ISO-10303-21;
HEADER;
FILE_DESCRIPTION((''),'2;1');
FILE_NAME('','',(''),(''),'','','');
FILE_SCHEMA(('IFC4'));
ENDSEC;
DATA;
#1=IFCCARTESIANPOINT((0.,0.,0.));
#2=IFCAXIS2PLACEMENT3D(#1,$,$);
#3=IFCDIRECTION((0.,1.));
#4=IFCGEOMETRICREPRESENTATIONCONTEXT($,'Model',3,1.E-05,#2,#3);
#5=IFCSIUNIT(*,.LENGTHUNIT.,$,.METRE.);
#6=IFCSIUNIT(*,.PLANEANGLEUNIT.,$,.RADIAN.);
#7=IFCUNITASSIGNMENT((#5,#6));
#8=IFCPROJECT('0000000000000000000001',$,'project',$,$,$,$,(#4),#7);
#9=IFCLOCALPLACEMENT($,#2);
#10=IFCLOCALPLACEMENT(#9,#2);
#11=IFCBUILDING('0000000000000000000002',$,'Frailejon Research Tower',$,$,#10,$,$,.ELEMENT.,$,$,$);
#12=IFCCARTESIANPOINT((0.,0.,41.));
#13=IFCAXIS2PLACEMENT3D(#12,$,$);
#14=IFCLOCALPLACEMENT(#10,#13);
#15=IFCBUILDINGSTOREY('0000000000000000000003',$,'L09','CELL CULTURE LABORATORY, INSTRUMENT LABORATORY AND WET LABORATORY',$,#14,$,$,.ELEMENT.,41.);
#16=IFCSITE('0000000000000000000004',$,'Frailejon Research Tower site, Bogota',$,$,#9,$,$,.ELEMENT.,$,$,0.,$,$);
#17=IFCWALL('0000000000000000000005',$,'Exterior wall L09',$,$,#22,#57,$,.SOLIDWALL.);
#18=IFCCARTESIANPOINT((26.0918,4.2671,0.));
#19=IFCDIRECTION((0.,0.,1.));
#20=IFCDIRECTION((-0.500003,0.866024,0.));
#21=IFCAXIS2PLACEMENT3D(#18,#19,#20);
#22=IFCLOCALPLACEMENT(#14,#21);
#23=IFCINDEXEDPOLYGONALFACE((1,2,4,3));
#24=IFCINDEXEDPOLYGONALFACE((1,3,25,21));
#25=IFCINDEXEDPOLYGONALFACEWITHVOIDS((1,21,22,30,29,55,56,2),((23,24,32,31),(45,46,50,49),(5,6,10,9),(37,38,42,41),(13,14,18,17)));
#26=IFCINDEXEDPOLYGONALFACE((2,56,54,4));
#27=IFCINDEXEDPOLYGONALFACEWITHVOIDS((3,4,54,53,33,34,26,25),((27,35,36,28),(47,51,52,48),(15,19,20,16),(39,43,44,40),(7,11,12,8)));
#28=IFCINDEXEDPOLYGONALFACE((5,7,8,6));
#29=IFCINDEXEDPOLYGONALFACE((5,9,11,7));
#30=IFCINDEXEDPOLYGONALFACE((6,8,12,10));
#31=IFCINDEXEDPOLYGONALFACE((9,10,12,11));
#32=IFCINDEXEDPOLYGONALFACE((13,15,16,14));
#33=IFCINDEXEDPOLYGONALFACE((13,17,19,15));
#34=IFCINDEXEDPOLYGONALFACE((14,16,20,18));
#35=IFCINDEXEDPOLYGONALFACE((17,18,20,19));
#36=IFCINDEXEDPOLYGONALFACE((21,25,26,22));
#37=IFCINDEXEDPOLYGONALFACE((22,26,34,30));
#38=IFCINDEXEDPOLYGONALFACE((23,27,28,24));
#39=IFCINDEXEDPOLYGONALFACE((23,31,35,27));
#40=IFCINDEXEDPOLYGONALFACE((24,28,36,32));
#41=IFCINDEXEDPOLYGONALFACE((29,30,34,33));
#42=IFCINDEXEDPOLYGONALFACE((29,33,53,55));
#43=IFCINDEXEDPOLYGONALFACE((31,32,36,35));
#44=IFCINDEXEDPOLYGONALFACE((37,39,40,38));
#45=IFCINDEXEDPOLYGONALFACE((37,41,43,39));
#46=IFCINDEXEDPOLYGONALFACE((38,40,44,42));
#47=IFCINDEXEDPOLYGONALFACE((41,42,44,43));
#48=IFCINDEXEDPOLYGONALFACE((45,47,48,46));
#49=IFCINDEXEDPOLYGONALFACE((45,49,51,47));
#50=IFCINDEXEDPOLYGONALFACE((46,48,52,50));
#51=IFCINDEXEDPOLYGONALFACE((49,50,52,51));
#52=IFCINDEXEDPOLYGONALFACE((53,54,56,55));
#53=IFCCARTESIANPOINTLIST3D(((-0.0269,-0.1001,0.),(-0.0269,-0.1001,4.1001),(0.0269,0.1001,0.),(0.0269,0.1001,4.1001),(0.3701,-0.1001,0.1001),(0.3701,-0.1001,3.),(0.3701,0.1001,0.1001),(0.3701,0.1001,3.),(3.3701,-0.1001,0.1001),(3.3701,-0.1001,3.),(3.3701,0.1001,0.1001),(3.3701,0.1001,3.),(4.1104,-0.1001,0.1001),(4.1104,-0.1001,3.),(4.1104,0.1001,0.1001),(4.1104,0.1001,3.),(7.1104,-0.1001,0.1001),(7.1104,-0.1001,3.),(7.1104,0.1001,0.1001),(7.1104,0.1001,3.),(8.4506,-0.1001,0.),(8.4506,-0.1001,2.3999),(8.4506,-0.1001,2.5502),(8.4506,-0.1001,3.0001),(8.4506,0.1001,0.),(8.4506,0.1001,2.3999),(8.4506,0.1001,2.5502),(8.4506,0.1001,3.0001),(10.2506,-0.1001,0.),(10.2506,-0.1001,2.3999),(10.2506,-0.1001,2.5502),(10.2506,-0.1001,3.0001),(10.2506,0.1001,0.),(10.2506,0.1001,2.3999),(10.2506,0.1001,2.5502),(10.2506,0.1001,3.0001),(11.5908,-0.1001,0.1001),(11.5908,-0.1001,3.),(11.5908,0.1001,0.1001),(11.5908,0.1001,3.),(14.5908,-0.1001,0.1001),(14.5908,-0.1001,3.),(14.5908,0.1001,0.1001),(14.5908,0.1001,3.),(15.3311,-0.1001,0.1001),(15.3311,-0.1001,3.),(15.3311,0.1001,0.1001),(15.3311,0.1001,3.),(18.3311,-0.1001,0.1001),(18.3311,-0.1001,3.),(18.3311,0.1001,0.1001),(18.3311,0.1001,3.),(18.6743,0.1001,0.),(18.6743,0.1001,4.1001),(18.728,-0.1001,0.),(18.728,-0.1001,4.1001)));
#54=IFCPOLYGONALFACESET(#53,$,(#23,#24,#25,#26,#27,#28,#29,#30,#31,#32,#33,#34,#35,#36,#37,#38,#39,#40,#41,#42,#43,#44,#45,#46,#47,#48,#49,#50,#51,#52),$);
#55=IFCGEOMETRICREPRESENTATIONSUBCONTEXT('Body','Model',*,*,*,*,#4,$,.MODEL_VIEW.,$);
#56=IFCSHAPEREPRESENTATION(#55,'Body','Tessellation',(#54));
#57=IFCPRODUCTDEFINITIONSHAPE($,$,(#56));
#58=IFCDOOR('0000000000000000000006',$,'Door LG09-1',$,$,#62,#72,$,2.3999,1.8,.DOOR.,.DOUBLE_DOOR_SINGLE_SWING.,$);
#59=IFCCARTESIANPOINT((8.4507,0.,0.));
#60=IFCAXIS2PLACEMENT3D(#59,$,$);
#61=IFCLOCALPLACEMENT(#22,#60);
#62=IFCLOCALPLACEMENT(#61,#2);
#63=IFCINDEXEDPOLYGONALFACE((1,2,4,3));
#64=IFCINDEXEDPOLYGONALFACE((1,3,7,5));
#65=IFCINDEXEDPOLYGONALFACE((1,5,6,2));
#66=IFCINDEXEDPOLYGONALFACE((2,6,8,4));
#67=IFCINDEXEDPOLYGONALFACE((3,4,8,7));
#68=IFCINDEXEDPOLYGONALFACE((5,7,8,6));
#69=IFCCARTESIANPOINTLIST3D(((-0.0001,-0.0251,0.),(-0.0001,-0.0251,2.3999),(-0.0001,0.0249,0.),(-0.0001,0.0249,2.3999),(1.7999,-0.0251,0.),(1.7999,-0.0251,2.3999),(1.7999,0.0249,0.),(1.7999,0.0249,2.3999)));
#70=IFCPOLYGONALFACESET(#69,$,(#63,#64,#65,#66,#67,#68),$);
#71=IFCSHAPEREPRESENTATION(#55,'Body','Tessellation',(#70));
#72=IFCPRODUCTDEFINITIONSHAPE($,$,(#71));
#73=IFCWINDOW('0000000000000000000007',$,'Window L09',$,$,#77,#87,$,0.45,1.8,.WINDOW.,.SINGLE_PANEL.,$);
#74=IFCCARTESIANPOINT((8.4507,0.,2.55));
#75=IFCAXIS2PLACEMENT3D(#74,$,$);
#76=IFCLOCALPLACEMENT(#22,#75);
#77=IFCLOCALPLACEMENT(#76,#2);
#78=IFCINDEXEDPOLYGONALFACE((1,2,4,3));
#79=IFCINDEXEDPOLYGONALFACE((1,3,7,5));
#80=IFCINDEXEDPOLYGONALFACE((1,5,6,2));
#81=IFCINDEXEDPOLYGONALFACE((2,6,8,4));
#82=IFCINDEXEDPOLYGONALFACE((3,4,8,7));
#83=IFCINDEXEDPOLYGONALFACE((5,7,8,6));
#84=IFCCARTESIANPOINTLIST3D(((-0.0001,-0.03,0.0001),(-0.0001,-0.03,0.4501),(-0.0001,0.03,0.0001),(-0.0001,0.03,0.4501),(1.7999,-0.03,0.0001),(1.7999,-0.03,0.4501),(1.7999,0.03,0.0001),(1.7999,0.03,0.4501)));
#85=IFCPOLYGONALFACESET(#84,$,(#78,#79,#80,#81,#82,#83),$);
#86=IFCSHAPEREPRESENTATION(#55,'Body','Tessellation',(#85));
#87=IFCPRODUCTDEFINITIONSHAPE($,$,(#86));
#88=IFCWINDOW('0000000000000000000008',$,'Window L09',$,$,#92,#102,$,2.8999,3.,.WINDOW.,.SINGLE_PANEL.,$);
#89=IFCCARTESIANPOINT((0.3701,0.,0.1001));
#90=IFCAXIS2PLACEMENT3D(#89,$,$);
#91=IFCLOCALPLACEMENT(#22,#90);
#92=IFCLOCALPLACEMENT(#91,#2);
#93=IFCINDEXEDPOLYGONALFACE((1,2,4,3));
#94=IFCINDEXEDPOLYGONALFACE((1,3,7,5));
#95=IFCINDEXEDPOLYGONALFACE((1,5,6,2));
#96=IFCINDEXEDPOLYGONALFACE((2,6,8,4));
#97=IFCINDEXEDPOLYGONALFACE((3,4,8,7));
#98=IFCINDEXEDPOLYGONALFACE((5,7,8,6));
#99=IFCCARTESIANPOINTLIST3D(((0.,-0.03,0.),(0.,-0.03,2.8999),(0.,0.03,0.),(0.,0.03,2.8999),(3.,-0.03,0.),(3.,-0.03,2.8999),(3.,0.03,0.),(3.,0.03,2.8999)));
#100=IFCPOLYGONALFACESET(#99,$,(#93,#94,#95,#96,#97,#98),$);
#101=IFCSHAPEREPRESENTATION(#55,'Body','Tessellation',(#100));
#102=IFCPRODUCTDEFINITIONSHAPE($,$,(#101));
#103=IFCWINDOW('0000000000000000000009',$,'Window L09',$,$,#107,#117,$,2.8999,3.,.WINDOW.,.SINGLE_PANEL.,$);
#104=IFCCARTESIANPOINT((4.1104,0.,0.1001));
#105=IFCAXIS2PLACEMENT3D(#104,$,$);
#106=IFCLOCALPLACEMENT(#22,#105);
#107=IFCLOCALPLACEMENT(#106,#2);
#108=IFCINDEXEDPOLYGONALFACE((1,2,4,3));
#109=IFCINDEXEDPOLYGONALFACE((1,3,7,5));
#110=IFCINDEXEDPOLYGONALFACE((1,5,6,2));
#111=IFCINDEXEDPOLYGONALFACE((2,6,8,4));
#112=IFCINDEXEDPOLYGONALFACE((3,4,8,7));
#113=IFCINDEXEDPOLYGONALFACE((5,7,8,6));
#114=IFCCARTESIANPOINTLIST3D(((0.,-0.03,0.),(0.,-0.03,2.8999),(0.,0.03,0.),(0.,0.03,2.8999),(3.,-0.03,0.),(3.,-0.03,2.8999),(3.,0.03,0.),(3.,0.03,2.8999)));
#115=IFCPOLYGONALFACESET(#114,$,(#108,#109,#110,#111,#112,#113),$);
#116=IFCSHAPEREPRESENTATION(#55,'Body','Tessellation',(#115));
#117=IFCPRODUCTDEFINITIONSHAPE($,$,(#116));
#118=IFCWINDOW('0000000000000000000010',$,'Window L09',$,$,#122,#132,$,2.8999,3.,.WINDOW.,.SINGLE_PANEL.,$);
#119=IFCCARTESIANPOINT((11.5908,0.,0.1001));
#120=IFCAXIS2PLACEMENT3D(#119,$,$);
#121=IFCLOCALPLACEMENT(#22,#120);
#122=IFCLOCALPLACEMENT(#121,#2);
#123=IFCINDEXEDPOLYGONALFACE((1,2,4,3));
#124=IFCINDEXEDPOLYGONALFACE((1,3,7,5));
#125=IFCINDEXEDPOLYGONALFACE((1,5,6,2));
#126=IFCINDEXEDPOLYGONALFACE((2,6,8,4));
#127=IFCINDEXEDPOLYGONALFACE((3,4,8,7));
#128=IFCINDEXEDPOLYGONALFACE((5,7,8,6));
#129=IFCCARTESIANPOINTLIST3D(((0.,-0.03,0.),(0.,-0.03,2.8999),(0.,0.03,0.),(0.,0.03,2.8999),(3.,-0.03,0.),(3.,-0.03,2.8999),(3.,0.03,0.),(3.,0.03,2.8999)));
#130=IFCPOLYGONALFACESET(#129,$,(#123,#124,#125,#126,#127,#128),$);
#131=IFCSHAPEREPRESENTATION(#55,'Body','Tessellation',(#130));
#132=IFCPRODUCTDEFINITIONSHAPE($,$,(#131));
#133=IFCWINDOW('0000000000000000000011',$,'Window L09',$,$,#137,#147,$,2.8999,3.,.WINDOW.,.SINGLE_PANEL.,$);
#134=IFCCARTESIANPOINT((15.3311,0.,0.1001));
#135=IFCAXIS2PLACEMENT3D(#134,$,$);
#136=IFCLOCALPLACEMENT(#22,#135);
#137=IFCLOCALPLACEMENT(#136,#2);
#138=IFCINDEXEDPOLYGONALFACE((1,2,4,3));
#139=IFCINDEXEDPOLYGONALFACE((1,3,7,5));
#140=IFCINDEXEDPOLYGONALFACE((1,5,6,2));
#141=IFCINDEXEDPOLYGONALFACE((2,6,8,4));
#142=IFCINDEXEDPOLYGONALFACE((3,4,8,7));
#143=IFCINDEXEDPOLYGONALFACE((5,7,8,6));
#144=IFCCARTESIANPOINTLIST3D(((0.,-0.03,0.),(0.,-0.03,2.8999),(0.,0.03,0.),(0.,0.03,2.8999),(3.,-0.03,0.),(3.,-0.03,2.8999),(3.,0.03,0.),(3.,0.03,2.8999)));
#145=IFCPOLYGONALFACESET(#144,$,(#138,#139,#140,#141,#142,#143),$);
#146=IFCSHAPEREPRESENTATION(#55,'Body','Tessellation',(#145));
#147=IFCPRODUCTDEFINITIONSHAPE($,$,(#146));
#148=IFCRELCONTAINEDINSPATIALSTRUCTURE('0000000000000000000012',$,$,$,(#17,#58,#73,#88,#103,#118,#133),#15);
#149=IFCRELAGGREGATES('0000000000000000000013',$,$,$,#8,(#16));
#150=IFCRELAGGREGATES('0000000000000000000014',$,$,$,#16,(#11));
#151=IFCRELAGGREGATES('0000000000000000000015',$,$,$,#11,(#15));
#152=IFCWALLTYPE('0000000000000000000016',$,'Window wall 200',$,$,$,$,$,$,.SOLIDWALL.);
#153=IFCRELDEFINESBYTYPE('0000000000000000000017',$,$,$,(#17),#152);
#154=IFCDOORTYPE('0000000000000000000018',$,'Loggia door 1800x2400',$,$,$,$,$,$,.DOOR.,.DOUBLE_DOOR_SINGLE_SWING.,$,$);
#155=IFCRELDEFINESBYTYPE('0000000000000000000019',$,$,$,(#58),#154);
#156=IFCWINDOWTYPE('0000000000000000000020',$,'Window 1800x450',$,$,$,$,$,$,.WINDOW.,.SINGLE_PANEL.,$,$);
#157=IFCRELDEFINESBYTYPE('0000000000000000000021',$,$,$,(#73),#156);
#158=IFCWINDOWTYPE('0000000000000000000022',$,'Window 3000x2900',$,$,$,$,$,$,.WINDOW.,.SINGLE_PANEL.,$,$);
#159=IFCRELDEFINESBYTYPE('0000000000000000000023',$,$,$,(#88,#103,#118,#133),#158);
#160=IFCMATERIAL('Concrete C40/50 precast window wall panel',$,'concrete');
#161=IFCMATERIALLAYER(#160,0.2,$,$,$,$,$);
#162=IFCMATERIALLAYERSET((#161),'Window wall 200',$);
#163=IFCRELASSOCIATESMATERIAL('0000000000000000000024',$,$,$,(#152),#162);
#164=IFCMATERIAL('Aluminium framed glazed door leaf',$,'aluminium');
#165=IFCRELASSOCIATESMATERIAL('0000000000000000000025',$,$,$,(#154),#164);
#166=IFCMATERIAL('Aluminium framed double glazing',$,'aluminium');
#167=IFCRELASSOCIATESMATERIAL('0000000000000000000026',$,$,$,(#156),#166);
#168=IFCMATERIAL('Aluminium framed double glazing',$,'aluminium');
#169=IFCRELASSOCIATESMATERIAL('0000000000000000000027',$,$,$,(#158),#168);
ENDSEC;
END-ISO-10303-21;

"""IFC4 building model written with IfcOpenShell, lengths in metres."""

from ifc_helpers import new_model, si_unit, direction, frame, frame_2d, origin, place, context, subcontext, project, spatial, polyline, rectangle, outline, extrude, material, layer, layer_set, type_object, element, fill, save


model = new_model("IFC4")

# Units and contexts
model_context = context("Model", 3, precision=1e-05, world=origin(), true_north=direction((0.0, 1.0)))
body_context = subcontext(model_context, "Body", "Model", "MODEL_VIEW")
ifc_project = project(units=[si_unit("LENGTHUNIT", "METRE"), si_unit("PLANEANGLEUNIT", "RADIAN")], contexts=[model_context])

# Site, building, storey
site_placement = place(None, origin())
site = spatial("IfcSite", under=ifc_project, at=site_placement, Name="Frailejon Research Tower site, Bogota", CompositionType="ELEMENT", RefElevation=0.0)
building_placement = place(site_placement, origin())
building = spatial("IfcBuilding", under=site, at=building_placement, Name="Frailejon Research Tower", CompositionType="ELEMENT")
storey_placement = place(building_placement, frame((0.0, 0.0, 41.0)))
storey = spatial("IfcBuildingStorey", under=building, at=storey_placement, Name="L09", Description="CELL CULTURE LABORATORY, INSTRUMENT LABORATORY AND WET LABORATORY", CompositionType="ELEMENT", Elevation=41.0)

# Wall, openings, door, windows
ifc_material_1 = material(Name="Concrete C40/50 precast window wall panel", Category="concrete")
ifc_layer_1 = layer(ifc_material_1, 0.2)
ifc_layer_set_1 = layer_set([ifc_layer_1], Name="Window wall 200")
wall_type_1 = type_object("IfcWallType", Name="Window wall 200", PredefinedType="SOLIDWALL", material=ifc_layer_set_1)
wall_1_placement = place(storey_placement, frame((26.0918, 4.2671, 0.0), z_axis=(0.0, 0.0, 1.0), x_axis=(-0.500003, 0.866024, 0.0)))
wall_1 = element("IfcWall", 1, at=wall_1_placement, inside=storey, type_object=wall_type_1, Name="Exterior wall L09", PredefinedType="SOLIDWALL", context=body_context, shape_type="SweptSolid", body=[
    extrude(outline(polyline([(-0.0269, -0.1001), (1.0151, -0.1001), (2.0571, -0.1001), (3.0989, -0.1001), (4.1409, -0.1001), (5.1829, -0.1001), (6.2249, -0.1001), (7.2666, -0.1001), (8.3086, -0.1001), (9.3506, -0.1001), (10.3926, -0.1001), (11.4346, -0.1001), (12.4763, -0.1001), (13.5183, -0.1001), (14.5603, -0.1001), (15.6023, -0.1001), (16.644, -0.1001), (17.686, -0.1001), (18.728, -0.1001), (18.6743, 0.1001), (17.6384, 0.1001), (16.6023, 0.1001), (15.5664, 0.1001), (14.5305, 0.1001), (13.4944, 0.1001), (12.4585, 0.1001), (11.4226, 0.1001), (10.3865, 0.1001), (9.3506, 0.1001), (8.3147, 0.1001), (7.2786, 0.1001), (6.2427, 0.1001), (5.2068, 0.1001), (4.1707, 0.1001), (3.1348, 0.1001), (2.0989, 0.1001), (1.0627, 0.1001), (0.0269, 0.1001), (-0.0269, -0.1001)])), origin(), (0.0, 0.0, 1.0), 4.1001),
])
opening_1_placement = place(wall_1_placement, frame((0.3701, 0.0, 0.1001)))
opening_1 = element("IfcOpeningElement", 2, at=opening_1_placement, cuts=wall_1, PredefinedType="OPENING", context=body_context, shape_type="SweptSolid", body=[
    extrude(rectangle(XDim=3.0, YDim=2.8999, at=frame_2d((1.5, 1.45))), frame((0.0, 0.1099, 0.0), z_axis=(0.0, -1.0, 0.0), x_axis=(1.0, 0.0, 0.0)), (0.0, 0.0, 1.0), 0.22),
])
opening_2_placement = place(wall_1_placement, frame((4.1104, 0.0, 0.1001)))
opening_2 = element("IfcOpeningElement", 3, at=opening_2_placement, cuts=wall_1, PredefinedType="OPENING", context=body_context, shape_type="SweptSolid", body=[
    extrude(rectangle(XDim=3.0, YDim=2.8999, at=frame_2d((1.5, 1.45))), frame((0.0, 0.1099, 0.0), z_axis=(0.0, -1.0, 0.0), x_axis=(1.0, 0.0, 0.0)), (0.0, 0.0, 1.0), 0.22),
])
opening_3_placement = place(wall_1_placement, frame((8.4507, 0.0, 0.0)))
opening_3 = element("IfcOpeningElement", 4, at=opening_3_placement, cuts=wall_1, PredefinedType="OPENING", context=body_context, shape_type="SweptSolid", body=[
    extrude(rectangle(XDim=1.8, YDim=2.3999, at=frame_2d((0.8999, 1.2))), frame((0.0, 0.1099, 0.0), z_axis=(0.0, -1.0, 0.0), x_axis=(1.0, 0.0, 0.0)), (0.0, 0.0, 1.0), 0.22),
])
opening_4_placement = place(wall_1_placement, frame((8.4507, 0.0, 2.55)))
opening_4 = element("IfcOpeningElement", 5, at=opening_4_placement, cuts=wall_1, PredefinedType="OPENING", context=body_context, shape_type="SweptSolid", body=[
    extrude(rectangle(XDim=1.8, YDim=0.45, at=frame_2d((0.8999, 0.2251))), frame((0.0, 0.1099, 0.0), z_axis=(0.0, -1.0, 0.0), x_axis=(1.0, 0.0, 0.0)), (0.0, 0.0, 1.0), 0.22),
])
opening_5_placement = place(wall_1_placement, frame((11.5908, 0.0, 0.1001)))
opening_5 = element("IfcOpeningElement", 6, at=opening_5_placement, cuts=wall_1, PredefinedType="OPENING", context=body_context, shape_type="SweptSolid", body=[
    extrude(rectangle(XDim=3.0, YDim=2.8999, at=frame_2d((1.5, 1.45))), frame((0.0, 0.1099, 0.0), z_axis=(0.0, -1.0, 0.0), x_axis=(1.0, 0.0, 0.0)), (0.0, 0.0, 1.0), 0.22),
])
opening_6_placement = place(wall_1_placement, frame((15.3311, 0.0, 0.1001)))
opening_6 = element("IfcOpeningElement", 7, at=opening_6_placement, cuts=wall_1, PredefinedType="OPENING", context=body_context, shape_type="SweptSolid", body=[
    extrude(rectangle(XDim=3.0, YDim=2.8999, at=frame_2d((1.5, 1.45))), frame((0.0, 0.1099, 0.0), z_axis=(0.0, -1.0, 0.0), x_axis=(1.0, 0.0, 0.0)), (0.0, 0.0, 1.0), 0.22),
])
ifc_material_2 = material(Name="Aluminium framed glazed door leaf", Category="aluminium")
door_type = type_object("IfcDoorType", Name="Loggia door 1800x2400", OperationType="DOUBLE_DOOR_SINGLE_SWING", PredefinedType="DOOR", material=ifc_material_2)
door_placement = place(opening_3_placement, origin())
door = element("IfcDoor", 8, at=door_placement, inside=storey, type_object=door_type, Name="Door LG09-1", OperationType="DOUBLE_DOOR_SINGLE_SWING", OverallHeight=2.3999, OverallWidth=1.8, PredefinedType="DOOR", context=body_context, shape_type="SweptSolid", body=[
    extrude(rectangle(XDim=1.8, YDim=2.3999, at=frame_2d((0.8999, 1.2))), frame((0.0, 0.0249, 0.0), z_axis=(0.0, -1.0, 0.0), x_axis=(1.0, 0.0, 0.0)), (0.0, 0.0, 1.0), 0.05),
])
fill(opening_3, door)
ifc_material_3 = material(Name="Aluminium framed double glazing", Category="aluminium")
window_type_1 = type_object("IfcWindowType", Name="Window 1800x450", PartitioningType="SINGLE_PANEL", PredefinedType="WINDOW", material=ifc_material_3)
window_1_placement = place(opening_4_placement, origin())
window_1 = element("IfcWindow", 9, at=window_1_placement, inside=storey, type_object=window_type_1, Name="Window L09", OverallHeight=0.45, OverallWidth=1.8, PartitioningType="SINGLE_PANEL", PredefinedType="WINDOW", context=body_context, shape_type="SweptSolid", body=[
    extrude(rectangle(XDim=1.8, YDim=0.45, at=frame_2d((0.8999, 0.2251))), frame((0.0, 0.03, 0.0), z_axis=(0.0, -1.0, 0.0), x_axis=(1.0, 0.0, 0.0)), (0.0, 0.0, 1.0), 0.0601),
])
fill(opening_4, window_1)
ifc_material_4 = material(Name="Aluminium framed double glazing", Category="aluminium")
window_type_2 = type_object("IfcWindowType", Name="Window 3000x2900", PartitioningType="SINGLE_PANEL", PredefinedType="WINDOW", material=ifc_material_4)
window_2_placement = place(opening_1_placement, origin())
window_2 = element("IfcWindow", 10, at=window_2_placement, inside=storey, type_object=window_type_2, Name="Window L09", OverallHeight=2.8999, OverallWidth=3.0, PartitioningType="SINGLE_PANEL", PredefinedType="WINDOW", context=body_context, shape_type="SweptSolid", body=[
    extrude(rectangle(XDim=3.0, YDim=2.8999, at=frame_2d((1.5, 1.45))), frame((0.0, 0.03, 0.0), z_axis=(0.0, -1.0, 0.0), x_axis=(1.0, 0.0, 0.0)), (0.0, 0.0, 1.0), 0.0601),
])
fill(opening_1, window_2)
window_3_placement = place(opening_2_placement, origin())
window_3 = element("IfcWindow", 11, at=window_3_placement, inside=storey, type_object=window_type_2, Name="Window L09", OverallHeight=2.8999, OverallWidth=3.0, PartitioningType="SINGLE_PANEL", PredefinedType="WINDOW", context=body_context, shape_type="SweptSolid", body=[
    extrude(rectangle(XDim=3.0, YDim=2.8999, at=frame_2d((1.5, 1.45))), frame((0.0, 0.03, 0.0), z_axis=(0.0, -1.0, 0.0), x_axis=(1.0, 0.0, 0.0)), (0.0, 0.0, 1.0), 0.0601),
])
fill(opening_2, window_3)
window_4_placement = place(opening_5_placement, origin())
window_4 = element("IfcWindow", 12, at=window_4_placement, inside=storey, type_object=window_type_2, Name="Window L09", OverallHeight=2.8999, OverallWidth=3.0, PartitioningType="SINGLE_PANEL", PredefinedType="WINDOW", context=body_context, shape_type="SweptSolid", body=[
    extrude(rectangle(XDim=3.0, YDim=2.8999, at=frame_2d((1.5, 1.45))), frame((0.0, 0.03, 0.0), z_axis=(0.0, -1.0, 0.0), x_axis=(1.0, 0.0, 0.0)), (0.0, 0.0, 1.0), 0.0601),
])
fill(opening_5, window_4)
window_5_placement = place(opening_6_placement, origin())
window_5 = element("IfcWindow", 13, at=window_5_placement, inside=storey, type_object=window_type_2, Name="Window L09", OverallHeight=2.8999, OverallWidth=3.0, PartitioningType="SINGLE_PANEL", PredefinedType="WINDOW", context=body_context, shape_type="SweptSolid", body=[
    extrude(rectangle(XDim=3.0, YDim=2.8999, at=frame_2d((1.5, 1.45))), frame((0.0, 0.03, 0.0), z_axis=(0.0, -1.0, 0.0), x_axis=(1.0, 0.0, 0.0)), (0.0, 0.0, 1.0), 0.0601),
])
fill(opening_6, window_5)

save(model, "model.ifc")
